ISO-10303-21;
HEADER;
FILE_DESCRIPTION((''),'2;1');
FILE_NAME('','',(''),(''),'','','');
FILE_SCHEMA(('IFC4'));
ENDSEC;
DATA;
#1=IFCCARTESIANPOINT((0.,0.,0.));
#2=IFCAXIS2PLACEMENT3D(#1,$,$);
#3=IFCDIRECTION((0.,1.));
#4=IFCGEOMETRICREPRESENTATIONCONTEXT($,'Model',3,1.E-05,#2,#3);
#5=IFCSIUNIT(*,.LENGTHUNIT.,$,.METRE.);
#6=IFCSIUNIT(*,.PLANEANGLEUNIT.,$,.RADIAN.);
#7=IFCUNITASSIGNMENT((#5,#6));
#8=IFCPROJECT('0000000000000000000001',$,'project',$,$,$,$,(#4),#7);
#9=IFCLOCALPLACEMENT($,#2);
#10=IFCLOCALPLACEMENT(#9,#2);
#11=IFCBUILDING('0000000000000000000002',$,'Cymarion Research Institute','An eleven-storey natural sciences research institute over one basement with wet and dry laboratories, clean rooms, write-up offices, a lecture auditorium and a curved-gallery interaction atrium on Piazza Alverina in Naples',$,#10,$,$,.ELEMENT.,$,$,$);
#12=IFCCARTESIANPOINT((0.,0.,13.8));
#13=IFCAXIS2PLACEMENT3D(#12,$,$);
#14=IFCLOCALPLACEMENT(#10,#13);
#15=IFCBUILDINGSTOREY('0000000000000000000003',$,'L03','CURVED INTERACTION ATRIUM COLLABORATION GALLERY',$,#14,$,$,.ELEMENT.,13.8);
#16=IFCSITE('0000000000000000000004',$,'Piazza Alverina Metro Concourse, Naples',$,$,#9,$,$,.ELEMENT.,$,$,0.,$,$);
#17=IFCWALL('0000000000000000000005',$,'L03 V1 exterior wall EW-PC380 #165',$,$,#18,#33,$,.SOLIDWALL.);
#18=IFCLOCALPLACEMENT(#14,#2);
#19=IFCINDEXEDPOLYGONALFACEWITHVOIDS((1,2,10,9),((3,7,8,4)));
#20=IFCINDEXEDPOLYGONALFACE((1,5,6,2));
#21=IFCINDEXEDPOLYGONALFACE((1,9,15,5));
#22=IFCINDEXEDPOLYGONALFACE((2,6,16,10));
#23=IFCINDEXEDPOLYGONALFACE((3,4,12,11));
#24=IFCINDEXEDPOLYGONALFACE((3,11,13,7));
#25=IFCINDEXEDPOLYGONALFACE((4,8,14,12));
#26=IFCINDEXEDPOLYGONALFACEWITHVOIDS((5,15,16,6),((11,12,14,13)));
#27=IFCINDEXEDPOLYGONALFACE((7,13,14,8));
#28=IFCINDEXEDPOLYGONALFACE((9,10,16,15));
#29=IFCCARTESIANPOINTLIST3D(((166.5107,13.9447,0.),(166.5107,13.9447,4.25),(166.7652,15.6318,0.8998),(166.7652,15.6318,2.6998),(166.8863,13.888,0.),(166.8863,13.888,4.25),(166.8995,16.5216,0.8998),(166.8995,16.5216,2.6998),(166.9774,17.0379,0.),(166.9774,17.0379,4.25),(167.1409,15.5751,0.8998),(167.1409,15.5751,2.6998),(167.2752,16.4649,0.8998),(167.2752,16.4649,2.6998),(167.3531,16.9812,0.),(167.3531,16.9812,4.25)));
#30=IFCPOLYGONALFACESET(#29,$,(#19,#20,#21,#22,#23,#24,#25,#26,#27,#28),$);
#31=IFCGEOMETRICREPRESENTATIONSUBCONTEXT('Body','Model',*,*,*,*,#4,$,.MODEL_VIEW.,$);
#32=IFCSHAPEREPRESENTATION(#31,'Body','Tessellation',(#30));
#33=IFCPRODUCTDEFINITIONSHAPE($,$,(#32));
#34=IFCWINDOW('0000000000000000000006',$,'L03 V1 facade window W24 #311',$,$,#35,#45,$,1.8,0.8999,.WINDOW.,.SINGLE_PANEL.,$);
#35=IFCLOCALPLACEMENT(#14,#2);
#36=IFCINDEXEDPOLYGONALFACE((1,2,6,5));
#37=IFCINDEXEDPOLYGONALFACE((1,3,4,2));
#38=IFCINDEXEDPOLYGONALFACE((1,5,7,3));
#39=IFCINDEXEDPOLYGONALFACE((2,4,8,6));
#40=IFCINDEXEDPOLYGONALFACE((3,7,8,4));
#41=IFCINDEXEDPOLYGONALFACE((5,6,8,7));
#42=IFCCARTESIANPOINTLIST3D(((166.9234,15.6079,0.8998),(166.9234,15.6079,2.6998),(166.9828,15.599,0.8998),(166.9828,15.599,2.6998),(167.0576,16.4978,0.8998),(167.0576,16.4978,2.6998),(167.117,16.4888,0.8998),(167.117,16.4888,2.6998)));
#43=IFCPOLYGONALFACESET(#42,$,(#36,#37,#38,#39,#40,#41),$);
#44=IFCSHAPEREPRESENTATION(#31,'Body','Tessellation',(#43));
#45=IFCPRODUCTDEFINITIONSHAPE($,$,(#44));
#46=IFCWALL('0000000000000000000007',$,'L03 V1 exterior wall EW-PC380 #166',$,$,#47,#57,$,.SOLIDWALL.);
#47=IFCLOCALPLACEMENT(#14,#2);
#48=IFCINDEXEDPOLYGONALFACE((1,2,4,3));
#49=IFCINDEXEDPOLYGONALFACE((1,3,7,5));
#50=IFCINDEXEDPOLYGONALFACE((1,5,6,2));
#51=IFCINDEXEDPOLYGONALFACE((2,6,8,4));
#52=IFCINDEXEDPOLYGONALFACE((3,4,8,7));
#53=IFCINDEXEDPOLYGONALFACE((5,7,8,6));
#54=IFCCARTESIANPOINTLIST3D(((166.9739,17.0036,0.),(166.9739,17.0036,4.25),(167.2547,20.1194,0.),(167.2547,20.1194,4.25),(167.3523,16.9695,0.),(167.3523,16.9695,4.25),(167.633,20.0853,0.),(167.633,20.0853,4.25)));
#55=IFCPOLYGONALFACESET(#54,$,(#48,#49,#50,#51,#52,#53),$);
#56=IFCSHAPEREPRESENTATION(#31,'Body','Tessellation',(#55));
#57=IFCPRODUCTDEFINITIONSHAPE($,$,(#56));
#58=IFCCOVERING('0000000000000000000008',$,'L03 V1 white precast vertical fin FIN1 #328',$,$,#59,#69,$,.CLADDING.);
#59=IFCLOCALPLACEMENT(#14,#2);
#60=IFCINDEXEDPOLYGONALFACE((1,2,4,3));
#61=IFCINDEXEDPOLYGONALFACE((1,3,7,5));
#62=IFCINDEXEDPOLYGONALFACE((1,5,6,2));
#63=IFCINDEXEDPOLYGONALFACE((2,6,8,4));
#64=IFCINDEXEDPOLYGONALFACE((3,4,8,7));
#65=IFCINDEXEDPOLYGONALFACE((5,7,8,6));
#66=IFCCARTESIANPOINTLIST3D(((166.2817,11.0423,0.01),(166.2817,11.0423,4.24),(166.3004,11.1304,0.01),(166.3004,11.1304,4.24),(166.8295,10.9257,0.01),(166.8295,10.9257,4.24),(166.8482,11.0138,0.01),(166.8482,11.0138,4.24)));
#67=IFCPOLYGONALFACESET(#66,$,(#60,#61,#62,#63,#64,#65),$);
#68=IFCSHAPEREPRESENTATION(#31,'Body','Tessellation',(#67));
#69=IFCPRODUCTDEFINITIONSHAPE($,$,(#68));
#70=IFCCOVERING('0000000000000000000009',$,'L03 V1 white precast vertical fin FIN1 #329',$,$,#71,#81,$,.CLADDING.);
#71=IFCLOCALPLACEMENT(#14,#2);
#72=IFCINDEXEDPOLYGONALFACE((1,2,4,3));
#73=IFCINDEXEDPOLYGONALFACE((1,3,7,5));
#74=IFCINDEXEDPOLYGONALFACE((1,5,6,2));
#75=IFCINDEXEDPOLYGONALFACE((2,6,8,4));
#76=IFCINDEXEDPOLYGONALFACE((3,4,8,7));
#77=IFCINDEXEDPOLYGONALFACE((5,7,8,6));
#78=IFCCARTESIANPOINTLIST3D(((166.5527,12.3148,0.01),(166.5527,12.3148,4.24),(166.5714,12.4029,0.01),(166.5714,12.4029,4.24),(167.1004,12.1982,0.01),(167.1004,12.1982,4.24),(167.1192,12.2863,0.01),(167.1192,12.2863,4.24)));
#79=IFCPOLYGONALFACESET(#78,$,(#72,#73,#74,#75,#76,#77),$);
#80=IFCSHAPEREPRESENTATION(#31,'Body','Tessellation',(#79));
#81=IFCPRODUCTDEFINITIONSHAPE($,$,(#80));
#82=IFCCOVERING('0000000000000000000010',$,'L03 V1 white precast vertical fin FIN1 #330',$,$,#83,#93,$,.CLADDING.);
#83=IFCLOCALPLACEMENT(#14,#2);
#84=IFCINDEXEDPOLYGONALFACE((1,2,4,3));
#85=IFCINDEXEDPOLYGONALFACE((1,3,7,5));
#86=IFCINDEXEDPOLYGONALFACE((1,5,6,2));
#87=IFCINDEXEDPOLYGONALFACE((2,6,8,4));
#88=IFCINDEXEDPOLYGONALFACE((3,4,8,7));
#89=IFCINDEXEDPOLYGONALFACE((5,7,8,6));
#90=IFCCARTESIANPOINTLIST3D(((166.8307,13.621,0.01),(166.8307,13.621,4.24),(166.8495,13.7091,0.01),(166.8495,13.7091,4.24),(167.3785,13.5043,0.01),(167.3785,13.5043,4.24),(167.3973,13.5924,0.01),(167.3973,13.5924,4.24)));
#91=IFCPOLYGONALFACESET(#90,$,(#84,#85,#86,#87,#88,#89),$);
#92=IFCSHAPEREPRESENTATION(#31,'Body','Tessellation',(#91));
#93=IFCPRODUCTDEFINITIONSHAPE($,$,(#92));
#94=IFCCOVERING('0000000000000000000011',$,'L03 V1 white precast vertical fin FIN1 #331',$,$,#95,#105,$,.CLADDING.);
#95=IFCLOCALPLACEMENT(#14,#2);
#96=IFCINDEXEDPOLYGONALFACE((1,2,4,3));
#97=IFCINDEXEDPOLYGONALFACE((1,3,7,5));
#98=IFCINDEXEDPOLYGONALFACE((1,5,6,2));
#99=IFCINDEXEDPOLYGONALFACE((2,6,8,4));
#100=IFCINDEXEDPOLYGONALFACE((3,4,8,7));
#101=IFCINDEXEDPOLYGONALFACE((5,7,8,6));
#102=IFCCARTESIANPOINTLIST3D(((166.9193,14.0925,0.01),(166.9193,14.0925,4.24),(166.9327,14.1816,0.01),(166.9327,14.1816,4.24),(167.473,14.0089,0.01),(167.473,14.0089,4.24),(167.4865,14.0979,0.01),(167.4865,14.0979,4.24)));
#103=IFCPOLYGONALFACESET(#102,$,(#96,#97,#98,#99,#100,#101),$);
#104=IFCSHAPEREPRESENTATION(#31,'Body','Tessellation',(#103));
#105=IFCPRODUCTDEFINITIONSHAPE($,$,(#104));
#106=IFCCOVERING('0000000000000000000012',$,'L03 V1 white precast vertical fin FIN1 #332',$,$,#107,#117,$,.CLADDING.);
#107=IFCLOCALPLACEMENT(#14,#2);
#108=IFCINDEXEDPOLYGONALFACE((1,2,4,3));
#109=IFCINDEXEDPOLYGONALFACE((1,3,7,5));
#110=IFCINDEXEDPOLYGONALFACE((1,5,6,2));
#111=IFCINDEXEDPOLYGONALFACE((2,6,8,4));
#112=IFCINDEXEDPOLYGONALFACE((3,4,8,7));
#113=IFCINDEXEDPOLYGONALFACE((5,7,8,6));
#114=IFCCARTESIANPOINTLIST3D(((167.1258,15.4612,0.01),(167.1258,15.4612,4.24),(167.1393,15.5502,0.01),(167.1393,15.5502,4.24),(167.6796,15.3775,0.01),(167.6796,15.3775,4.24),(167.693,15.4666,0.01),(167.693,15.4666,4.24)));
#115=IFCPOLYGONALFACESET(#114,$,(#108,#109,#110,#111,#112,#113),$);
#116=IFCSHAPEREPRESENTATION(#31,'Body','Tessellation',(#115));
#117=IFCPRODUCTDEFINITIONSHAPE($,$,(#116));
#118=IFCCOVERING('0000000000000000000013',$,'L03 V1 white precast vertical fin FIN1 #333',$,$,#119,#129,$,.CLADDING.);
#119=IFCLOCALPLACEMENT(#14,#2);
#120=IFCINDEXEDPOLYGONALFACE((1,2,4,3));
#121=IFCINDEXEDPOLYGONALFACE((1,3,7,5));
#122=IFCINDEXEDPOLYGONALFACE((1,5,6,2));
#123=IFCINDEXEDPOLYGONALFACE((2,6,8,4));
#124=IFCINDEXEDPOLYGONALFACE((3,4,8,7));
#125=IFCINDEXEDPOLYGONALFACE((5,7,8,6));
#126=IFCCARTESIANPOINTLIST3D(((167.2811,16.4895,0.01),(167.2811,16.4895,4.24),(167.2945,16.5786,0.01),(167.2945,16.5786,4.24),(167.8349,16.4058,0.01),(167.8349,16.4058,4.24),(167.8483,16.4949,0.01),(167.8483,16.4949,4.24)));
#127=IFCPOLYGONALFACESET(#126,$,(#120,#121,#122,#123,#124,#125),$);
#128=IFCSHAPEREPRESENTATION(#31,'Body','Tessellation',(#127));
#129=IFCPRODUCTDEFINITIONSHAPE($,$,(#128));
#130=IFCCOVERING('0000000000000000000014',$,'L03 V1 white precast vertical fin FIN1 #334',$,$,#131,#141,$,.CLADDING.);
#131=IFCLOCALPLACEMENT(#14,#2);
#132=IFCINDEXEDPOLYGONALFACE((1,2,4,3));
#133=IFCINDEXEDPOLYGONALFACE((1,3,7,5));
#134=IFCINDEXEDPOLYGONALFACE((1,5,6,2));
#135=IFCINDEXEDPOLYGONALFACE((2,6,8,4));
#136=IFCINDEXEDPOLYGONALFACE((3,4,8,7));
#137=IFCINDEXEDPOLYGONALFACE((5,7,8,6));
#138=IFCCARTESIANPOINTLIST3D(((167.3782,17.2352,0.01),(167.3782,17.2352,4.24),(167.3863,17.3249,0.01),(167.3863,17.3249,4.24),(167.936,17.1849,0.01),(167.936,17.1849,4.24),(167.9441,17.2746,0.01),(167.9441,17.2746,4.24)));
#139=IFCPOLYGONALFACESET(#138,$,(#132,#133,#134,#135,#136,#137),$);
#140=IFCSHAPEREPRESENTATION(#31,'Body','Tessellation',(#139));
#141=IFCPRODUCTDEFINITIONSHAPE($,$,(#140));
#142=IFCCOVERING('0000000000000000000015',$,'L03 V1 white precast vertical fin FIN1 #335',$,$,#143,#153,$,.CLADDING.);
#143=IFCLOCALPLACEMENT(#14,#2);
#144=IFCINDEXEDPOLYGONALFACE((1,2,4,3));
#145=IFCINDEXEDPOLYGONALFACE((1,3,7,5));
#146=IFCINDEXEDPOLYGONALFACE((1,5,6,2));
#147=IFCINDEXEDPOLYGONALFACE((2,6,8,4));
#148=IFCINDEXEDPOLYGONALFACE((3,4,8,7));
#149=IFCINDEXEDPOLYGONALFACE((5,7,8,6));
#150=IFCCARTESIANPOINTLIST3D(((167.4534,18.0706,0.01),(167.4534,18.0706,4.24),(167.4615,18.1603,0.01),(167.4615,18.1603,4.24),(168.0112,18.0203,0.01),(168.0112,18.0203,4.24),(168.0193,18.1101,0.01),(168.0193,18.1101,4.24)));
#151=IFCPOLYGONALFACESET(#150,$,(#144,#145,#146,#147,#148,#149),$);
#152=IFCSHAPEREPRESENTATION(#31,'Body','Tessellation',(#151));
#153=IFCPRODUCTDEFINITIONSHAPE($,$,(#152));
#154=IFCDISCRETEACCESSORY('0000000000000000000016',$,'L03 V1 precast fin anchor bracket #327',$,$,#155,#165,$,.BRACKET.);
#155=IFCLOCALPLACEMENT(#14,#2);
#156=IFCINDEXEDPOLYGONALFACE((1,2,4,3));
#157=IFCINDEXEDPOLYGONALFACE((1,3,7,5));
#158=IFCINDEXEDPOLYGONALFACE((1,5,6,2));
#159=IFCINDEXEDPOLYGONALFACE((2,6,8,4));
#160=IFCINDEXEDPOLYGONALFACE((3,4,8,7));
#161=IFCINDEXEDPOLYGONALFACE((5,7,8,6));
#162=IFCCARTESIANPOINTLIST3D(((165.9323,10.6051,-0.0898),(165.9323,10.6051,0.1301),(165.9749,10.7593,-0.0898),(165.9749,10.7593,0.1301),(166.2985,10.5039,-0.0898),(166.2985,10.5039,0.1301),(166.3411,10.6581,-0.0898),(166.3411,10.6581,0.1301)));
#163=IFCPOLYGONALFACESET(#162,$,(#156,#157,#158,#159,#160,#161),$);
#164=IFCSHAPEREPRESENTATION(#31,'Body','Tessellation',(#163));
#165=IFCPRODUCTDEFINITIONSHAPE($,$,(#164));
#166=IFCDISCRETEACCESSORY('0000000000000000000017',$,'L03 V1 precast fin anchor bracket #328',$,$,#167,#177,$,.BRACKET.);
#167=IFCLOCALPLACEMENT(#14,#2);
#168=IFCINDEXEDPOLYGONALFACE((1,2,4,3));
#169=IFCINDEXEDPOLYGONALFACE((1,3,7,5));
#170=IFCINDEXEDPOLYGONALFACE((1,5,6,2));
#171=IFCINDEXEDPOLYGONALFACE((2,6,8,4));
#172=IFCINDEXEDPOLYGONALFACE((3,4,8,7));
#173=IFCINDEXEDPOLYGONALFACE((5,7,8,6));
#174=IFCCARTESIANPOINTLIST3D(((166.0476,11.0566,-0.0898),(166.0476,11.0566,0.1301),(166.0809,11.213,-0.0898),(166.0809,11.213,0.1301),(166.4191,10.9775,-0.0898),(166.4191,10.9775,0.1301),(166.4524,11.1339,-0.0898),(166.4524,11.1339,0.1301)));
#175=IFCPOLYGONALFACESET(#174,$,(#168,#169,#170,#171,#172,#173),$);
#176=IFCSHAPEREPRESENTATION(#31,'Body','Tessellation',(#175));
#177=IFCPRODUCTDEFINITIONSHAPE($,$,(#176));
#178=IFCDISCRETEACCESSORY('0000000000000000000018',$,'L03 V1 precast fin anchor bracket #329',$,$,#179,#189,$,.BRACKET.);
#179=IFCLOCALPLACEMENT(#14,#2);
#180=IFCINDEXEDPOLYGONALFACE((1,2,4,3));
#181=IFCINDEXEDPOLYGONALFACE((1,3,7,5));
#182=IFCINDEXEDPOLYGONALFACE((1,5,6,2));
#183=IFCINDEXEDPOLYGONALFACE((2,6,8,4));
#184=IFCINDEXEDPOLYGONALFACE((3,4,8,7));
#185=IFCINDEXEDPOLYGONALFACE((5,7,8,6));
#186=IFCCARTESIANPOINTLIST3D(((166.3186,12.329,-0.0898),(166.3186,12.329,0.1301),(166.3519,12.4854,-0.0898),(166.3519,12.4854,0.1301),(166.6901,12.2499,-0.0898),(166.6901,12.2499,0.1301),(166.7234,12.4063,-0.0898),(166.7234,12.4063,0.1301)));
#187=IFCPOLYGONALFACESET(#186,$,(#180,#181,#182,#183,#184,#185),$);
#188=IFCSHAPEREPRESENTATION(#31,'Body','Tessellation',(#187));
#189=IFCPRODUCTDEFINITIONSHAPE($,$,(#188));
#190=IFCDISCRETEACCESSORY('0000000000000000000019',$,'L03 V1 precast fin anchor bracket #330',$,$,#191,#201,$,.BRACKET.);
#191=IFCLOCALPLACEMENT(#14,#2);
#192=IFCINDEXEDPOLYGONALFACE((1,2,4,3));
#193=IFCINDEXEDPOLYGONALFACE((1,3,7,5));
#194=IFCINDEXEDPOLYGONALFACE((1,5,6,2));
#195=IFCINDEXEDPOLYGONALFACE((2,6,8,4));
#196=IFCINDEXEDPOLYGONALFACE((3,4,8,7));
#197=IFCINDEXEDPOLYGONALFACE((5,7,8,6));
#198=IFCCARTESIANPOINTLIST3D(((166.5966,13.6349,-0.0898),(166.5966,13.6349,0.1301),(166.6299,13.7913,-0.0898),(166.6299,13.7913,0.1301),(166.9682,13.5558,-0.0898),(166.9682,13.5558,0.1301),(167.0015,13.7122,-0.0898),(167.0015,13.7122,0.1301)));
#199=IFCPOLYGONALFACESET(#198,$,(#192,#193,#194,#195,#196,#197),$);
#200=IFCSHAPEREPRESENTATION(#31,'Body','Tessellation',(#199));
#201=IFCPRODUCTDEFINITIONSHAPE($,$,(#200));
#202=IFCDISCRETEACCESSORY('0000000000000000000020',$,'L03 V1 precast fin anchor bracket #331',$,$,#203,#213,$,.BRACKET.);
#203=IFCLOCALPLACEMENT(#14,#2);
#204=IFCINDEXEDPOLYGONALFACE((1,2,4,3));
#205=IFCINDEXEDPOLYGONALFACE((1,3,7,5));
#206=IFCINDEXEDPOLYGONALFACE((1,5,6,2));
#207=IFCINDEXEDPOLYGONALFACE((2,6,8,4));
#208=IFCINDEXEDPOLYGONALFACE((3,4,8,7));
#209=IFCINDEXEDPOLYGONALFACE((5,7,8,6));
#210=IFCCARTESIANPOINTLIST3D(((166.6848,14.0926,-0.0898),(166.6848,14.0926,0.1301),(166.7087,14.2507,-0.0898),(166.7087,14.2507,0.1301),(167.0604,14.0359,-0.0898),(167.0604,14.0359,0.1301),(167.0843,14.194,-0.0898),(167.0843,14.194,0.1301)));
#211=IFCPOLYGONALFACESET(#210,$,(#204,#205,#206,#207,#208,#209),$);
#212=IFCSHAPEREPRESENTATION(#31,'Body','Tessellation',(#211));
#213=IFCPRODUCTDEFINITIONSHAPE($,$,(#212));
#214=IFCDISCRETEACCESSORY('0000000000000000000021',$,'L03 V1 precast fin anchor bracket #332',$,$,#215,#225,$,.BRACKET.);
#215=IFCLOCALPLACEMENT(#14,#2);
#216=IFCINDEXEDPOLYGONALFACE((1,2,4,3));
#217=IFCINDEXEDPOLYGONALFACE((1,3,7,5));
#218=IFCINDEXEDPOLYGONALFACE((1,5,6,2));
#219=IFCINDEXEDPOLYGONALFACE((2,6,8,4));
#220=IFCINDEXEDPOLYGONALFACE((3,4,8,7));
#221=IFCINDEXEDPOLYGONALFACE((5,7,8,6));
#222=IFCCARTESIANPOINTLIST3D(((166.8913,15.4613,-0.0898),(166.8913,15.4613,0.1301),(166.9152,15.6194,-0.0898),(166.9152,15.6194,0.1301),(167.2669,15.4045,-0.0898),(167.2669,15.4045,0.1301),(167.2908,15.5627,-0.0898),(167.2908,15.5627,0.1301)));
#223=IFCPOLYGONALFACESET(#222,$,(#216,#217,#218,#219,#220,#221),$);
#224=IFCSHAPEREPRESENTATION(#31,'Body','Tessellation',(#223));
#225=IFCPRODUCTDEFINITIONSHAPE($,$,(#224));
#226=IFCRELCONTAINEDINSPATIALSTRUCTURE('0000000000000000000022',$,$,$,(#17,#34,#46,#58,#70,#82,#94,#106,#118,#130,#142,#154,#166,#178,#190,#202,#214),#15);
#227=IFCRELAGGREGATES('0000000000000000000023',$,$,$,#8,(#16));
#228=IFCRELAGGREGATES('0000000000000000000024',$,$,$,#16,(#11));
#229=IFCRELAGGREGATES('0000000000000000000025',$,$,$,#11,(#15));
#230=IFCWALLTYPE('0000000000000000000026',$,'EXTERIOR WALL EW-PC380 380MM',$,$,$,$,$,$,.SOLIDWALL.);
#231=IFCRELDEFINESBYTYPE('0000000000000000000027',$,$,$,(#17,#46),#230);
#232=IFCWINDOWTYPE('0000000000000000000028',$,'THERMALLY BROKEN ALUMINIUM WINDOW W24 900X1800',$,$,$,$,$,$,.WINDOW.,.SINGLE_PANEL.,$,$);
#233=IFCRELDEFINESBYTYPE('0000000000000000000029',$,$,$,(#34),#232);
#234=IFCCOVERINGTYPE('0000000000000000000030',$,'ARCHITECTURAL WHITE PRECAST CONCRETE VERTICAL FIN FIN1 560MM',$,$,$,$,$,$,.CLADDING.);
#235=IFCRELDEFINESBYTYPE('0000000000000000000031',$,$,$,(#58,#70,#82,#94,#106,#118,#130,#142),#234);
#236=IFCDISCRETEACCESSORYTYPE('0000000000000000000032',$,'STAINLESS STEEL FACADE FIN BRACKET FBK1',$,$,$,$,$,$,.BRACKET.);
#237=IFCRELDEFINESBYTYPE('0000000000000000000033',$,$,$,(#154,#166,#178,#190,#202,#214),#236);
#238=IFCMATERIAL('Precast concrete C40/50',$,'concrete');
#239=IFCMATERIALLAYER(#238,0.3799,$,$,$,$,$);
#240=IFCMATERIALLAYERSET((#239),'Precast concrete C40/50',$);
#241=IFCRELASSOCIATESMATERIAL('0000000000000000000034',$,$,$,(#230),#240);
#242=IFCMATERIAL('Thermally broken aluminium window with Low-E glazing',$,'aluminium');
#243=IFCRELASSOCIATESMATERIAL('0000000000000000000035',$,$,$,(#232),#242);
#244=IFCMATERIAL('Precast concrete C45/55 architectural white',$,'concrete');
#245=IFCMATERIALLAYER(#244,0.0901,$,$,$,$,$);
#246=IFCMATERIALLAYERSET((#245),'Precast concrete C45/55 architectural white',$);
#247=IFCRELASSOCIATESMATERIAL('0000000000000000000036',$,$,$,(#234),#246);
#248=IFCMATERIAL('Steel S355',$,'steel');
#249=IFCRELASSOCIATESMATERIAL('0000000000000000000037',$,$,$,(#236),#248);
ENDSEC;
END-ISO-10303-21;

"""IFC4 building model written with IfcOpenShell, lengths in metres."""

from ifc_helpers import new_model, si_unit, direction, frame, frame_2d, origin, origin_2d, place, context, subcontext, project, spatial, rectangle, extrude, material, layer, layer_set, type_object, element, fill, save


model = new_model("IFC4")

# Units and contexts
model_context = context("Model", 3, precision=1e-05, world=origin(), true_north=direction((0.0, 1.0)))
body_context = subcontext(model_context, "Body", "Model", "MODEL_VIEW")
ifc_project = project(units=[si_unit("LENGTHUNIT", "METRE"), si_unit("PLANEANGLEUNIT", "RADIAN")], contexts=[model_context])

# Site, building, storey
site_placement = place(None, origin())
site = spatial("IfcSite", under=ifc_project, at=site_placement, Name="Piazza Alverina Metro Concourse, Naples", CompositionType="ELEMENT", RefElevation=0.0)
building_placement = place(site_placement, origin())
building = spatial("IfcBuilding", under=site, at=building_placement, Name="Cymarion Research Institute", Description="An eleven-storey natural sciences research institute over one basement with wet and dry laboratories, clean rooms, write-up offices, a lecture auditorium and a curved-gallery interaction atrium on Piazza Alverina in Naples", CompositionType="ELEMENT")
storey_placement = place(building_placement, frame((0.0, 0.0, 13.8)))
storey = spatial("IfcBuildingStorey", under=building, at=storey_placement, Name="L03", Description="CURVED INTERACTION ATRIUM COLLABORATION GALLERY", CompositionType="ELEMENT", Elevation=13.8)

# Shared definitions
ifc_material_1 = material(Name="Steel S355", Category="steel")

# Wall, opening, window
ifc_material_2 = material(Name="Precast concrete C40/50", Category="concrete")
ifc_layer_1 = layer(ifc_material_2, 0.3799)
ifc_layer_set_1 = layer_set([ifc_layer_1], Name="Precast concrete C40/50")
wall_type = type_object("IfcWallType", Name="EXTERIOR WALL EW-PC380 380MM", PredefinedType="SOLIDWALL", material=ifc_layer_set_1)
ifc_material_3 = material(Name="Thermally broken aluminium window with Low-E glazing", Category="aluminium")
window_type = type_object("IfcWindowType", Name="THERMALLY BROKEN ALUMINIUM WINDOW W24 900X1800", PartitioningType="SINGLE_PANEL", PredefinedType="WINDOW", material=ifc_material_3)
wall_1_placement = place(storey_placement, frame((166.6985, 13.9165, 0.0), z_axis=(0.0, 0.0, 1.0), x_axis=(0.149218, 0.988804, 0.0)))
wall_1 = element("IfcWall", 1, at=wall_1_placement, inside=storey, type_object=wall_type, Name="L03 V1 exterior wall EW-PC380 #165", PredefinedType="SOLIDWALL", context=body_context, shape_type="SweptSolid", body=[
    extrude(rectangle(XDim=3.1282, YDim=0.3799, at=frame_2d((1.564, 0.0))), origin(), (0.0, 0.0, 1.0), 4.25),
])
opening_1_placement = place(wall_1_placement, frame((1.7061, 0.0, 0.8999)))
opening_1 = element("IfcOpeningElement", 2, at=opening_1_placement, cuts=wall_1, PredefinedType="OPENING", context=body_context, shape_type="SweptSolid", body=[
    extrude(rectangle(XDim=0.8999, YDim=1.8, at=frame_2d((0.45, 0.8999))), frame((0.0, 0.2, 0.0), z_axis=(0.0, -1.0, 0.0), x_axis=(1.0, 0.0, 0.0)), (0.0, 0.0, 1.0), 0.3999),
])
window_1_placement = place(opening_1_placement, origin())
window_1 = element("IfcWindow", 3, at=window_1_placement, inside=storey, type_object=window_type, Name="L03 V1 facade window W24 #311", OverallHeight=1.8, OverallWidth=0.8999, PartitioningType="SINGLE_PANEL", PredefinedType="WINDOW", context=body_context, shape_type="SweptSolid", body=[
    extrude(rectangle(XDim=0.8999, YDim=1.8, at=frame_2d((0.45, 0.8999))), frame((0.0, 0.03, 0.0), z_axis=(0.0, -1.0, 0.0), x_axis=(1.0, 0.0, 0.0)), (0.0, 0.0, 1.0), 0.0601),
])
fill(opening_1, window_1)

# Wall
wall_2_placement = place(storey_placement, frame((167.1631, 16.9866, 0.0), z_axis=(0.0, 0.0, 1.0), x_axis=(0.089748, 0.995965, 0.0)))
element("IfcWall", 4, at=wall_2_placement, inside=storey, type_object=wall_type, Name="L03 V1 exterior wall EW-PC380 #166", PredefinedType="SOLIDWALL", context=body_context, shape_type="SweptSolid", body=[
    extrude(rectangle(XDim=3.1284, YDim=0.3799, at=frame_2d((1.5642, 0.0))), origin(), (0.0, 0.0, 1.0), 4.25),
])

# Coverings
ifc_material_4 = material(Name="Precast concrete C45/55 architectural white", Category="concrete")
ifc_layer_2 = layer(ifc_material_4, 0.0901)
ifc_layer_set_2 = layer_set([ifc_layer_2], Name="Precast concrete C45/55 architectural white")
covering_type = type_object("IfcCoveringType", Name="ARCHITECTURAL WHITE PRECAST CONCRETE VERTICAL FIN FIN1 560MM", PredefinedType="CLADDING", material=ifc_layer_set_2)
for number, where, z_axis, x_axis, name in (
    (5, (166.5649, 11.0281, 0.01), (0.0, 0.0, 1.0), (0.978075, -0.208253, 0.0), "L03 V1 white precast vertical fin FIN1 #328"),
    (6, (166.8359, 12.3005, 0.01), (0.0, 0.0, 1.0), (0.978075, -0.208253, 0.0), "L03 V1 white precast vertical fin FIN1 #329"),
    (7, (167.114, 13.6067, 0.01), (0.0, 0.0, 1.0), (0.978075, -0.208253, 0.0), "L03 V1 white precast vertical fin FIN1 #330"),
    (8, (167.2029, 14.0952, 0.01), (0.0, 0.0, 1.0), (0.988782, -0.149363, 0.0), "L03 V1 white precast vertical fin FIN1 #331"),
    (9, (167.4094, 15.4639, 0.01), (0.0, 0.0, 1.0), (0.988782, -0.149363, 0.0), "L03 V1 white precast vertical fin FIN1 #332"),
    (10, (167.5647, 16.4922, 0.01), (0.0, 0.0, 1.0), (0.988782, -0.149363, 0.0), "L03 V1 white precast vertical fin FIN1 #333"),
    (11, (167.6611, 17.2549, 0.01), (0.0, 0.0, 1.0), (0.995963, -0.089763, 0.0), "L03 V1 white precast vertical fin FIN1 #334"),
    (12, (167.7363, 18.0903, 0.01), (0.0, 0.0, 1.0), (0.995963, -0.089763, 0.0), "L03 V1 white precast vertical fin FIN1 #335"),
):
    element("IfcCovering", number, at=place(storey_placement, frame(where, z_axis=z_axis, x_axis=x_axis)), inside=storey, type_object=covering_type, Name=name, PredefinedType="CLADDING", context=body_context, shape_type="SweptSolid", body=[
        extrude(rectangle(XDim=0.5601, YDim=0.0901, at=origin_2d()), origin(), (0.0, 0.0, 1.0), 4.23),
    ])

# Discrete accessories
discrete_accessory_type = type_object("IfcDiscreteAccessoryType", Name="STAINLESS STEEL FACADE FIN BRACKET FBK1", PredefinedType="BRACKET", material=ifc_material_1)
for number, where, z_axis, x_axis, name in (
    (13, (166.1367, 10.6316, -0.0898), (0.0, 0.0, 1.0), (0.963863, -0.266397, 0.0), "L03 V1 precast fin anchor bracket #327"),
    (14, (166.25, 11.0952, -0.0898), (0.0, 0.0, 1.0), (0.978075, -0.208253, 0.0), "L03 V1 precast fin anchor bracket #328"),
    (15, (166.521, 12.3677, -0.0898), (0.0, 0.0, 1.0), (0.978075, -0.208253, 0.0), "L03 V1 precast fin anchor bracket #329"),
    (16, (166.7991, 13.6736, -0.0898), (0.0, 0.0, 1.0), (0.978075, -0.208253, 0.0), "L03 V1 precast fin anchor bracket #330"),
    (17, (166.8845, 14.1433, -0.0898), (0.0, 0.0, 1.0), (0.988782, -0.149363, 0.0), "L03 V1 precast fin anchor bracket #331"),
    (18, (167.0911, 15.512, -0.0898), (0.0, 0.0, 1.0), (0.988782, -0.149363, 0.0), "L03 V1 precast fin anchor bracket #332"),
):
    element("IfcDiscreteAccessory", number, at=place(storey_placement, frame(where, z_axis=z_axis, x_axis=x_axis)), inside=storey, type_object=discrete_accessory_type, Name=name, PredefinedType="BRACKET", context=body_context, shape_type="SweptSolid", body=[
        extrude(rectangle(XDim=0.3799, YDim=0.1599, at=origin_2d()), origin(), (0.0, 0.0, 1.0), 0.22),
    ])

save(model, "model.ifc")
